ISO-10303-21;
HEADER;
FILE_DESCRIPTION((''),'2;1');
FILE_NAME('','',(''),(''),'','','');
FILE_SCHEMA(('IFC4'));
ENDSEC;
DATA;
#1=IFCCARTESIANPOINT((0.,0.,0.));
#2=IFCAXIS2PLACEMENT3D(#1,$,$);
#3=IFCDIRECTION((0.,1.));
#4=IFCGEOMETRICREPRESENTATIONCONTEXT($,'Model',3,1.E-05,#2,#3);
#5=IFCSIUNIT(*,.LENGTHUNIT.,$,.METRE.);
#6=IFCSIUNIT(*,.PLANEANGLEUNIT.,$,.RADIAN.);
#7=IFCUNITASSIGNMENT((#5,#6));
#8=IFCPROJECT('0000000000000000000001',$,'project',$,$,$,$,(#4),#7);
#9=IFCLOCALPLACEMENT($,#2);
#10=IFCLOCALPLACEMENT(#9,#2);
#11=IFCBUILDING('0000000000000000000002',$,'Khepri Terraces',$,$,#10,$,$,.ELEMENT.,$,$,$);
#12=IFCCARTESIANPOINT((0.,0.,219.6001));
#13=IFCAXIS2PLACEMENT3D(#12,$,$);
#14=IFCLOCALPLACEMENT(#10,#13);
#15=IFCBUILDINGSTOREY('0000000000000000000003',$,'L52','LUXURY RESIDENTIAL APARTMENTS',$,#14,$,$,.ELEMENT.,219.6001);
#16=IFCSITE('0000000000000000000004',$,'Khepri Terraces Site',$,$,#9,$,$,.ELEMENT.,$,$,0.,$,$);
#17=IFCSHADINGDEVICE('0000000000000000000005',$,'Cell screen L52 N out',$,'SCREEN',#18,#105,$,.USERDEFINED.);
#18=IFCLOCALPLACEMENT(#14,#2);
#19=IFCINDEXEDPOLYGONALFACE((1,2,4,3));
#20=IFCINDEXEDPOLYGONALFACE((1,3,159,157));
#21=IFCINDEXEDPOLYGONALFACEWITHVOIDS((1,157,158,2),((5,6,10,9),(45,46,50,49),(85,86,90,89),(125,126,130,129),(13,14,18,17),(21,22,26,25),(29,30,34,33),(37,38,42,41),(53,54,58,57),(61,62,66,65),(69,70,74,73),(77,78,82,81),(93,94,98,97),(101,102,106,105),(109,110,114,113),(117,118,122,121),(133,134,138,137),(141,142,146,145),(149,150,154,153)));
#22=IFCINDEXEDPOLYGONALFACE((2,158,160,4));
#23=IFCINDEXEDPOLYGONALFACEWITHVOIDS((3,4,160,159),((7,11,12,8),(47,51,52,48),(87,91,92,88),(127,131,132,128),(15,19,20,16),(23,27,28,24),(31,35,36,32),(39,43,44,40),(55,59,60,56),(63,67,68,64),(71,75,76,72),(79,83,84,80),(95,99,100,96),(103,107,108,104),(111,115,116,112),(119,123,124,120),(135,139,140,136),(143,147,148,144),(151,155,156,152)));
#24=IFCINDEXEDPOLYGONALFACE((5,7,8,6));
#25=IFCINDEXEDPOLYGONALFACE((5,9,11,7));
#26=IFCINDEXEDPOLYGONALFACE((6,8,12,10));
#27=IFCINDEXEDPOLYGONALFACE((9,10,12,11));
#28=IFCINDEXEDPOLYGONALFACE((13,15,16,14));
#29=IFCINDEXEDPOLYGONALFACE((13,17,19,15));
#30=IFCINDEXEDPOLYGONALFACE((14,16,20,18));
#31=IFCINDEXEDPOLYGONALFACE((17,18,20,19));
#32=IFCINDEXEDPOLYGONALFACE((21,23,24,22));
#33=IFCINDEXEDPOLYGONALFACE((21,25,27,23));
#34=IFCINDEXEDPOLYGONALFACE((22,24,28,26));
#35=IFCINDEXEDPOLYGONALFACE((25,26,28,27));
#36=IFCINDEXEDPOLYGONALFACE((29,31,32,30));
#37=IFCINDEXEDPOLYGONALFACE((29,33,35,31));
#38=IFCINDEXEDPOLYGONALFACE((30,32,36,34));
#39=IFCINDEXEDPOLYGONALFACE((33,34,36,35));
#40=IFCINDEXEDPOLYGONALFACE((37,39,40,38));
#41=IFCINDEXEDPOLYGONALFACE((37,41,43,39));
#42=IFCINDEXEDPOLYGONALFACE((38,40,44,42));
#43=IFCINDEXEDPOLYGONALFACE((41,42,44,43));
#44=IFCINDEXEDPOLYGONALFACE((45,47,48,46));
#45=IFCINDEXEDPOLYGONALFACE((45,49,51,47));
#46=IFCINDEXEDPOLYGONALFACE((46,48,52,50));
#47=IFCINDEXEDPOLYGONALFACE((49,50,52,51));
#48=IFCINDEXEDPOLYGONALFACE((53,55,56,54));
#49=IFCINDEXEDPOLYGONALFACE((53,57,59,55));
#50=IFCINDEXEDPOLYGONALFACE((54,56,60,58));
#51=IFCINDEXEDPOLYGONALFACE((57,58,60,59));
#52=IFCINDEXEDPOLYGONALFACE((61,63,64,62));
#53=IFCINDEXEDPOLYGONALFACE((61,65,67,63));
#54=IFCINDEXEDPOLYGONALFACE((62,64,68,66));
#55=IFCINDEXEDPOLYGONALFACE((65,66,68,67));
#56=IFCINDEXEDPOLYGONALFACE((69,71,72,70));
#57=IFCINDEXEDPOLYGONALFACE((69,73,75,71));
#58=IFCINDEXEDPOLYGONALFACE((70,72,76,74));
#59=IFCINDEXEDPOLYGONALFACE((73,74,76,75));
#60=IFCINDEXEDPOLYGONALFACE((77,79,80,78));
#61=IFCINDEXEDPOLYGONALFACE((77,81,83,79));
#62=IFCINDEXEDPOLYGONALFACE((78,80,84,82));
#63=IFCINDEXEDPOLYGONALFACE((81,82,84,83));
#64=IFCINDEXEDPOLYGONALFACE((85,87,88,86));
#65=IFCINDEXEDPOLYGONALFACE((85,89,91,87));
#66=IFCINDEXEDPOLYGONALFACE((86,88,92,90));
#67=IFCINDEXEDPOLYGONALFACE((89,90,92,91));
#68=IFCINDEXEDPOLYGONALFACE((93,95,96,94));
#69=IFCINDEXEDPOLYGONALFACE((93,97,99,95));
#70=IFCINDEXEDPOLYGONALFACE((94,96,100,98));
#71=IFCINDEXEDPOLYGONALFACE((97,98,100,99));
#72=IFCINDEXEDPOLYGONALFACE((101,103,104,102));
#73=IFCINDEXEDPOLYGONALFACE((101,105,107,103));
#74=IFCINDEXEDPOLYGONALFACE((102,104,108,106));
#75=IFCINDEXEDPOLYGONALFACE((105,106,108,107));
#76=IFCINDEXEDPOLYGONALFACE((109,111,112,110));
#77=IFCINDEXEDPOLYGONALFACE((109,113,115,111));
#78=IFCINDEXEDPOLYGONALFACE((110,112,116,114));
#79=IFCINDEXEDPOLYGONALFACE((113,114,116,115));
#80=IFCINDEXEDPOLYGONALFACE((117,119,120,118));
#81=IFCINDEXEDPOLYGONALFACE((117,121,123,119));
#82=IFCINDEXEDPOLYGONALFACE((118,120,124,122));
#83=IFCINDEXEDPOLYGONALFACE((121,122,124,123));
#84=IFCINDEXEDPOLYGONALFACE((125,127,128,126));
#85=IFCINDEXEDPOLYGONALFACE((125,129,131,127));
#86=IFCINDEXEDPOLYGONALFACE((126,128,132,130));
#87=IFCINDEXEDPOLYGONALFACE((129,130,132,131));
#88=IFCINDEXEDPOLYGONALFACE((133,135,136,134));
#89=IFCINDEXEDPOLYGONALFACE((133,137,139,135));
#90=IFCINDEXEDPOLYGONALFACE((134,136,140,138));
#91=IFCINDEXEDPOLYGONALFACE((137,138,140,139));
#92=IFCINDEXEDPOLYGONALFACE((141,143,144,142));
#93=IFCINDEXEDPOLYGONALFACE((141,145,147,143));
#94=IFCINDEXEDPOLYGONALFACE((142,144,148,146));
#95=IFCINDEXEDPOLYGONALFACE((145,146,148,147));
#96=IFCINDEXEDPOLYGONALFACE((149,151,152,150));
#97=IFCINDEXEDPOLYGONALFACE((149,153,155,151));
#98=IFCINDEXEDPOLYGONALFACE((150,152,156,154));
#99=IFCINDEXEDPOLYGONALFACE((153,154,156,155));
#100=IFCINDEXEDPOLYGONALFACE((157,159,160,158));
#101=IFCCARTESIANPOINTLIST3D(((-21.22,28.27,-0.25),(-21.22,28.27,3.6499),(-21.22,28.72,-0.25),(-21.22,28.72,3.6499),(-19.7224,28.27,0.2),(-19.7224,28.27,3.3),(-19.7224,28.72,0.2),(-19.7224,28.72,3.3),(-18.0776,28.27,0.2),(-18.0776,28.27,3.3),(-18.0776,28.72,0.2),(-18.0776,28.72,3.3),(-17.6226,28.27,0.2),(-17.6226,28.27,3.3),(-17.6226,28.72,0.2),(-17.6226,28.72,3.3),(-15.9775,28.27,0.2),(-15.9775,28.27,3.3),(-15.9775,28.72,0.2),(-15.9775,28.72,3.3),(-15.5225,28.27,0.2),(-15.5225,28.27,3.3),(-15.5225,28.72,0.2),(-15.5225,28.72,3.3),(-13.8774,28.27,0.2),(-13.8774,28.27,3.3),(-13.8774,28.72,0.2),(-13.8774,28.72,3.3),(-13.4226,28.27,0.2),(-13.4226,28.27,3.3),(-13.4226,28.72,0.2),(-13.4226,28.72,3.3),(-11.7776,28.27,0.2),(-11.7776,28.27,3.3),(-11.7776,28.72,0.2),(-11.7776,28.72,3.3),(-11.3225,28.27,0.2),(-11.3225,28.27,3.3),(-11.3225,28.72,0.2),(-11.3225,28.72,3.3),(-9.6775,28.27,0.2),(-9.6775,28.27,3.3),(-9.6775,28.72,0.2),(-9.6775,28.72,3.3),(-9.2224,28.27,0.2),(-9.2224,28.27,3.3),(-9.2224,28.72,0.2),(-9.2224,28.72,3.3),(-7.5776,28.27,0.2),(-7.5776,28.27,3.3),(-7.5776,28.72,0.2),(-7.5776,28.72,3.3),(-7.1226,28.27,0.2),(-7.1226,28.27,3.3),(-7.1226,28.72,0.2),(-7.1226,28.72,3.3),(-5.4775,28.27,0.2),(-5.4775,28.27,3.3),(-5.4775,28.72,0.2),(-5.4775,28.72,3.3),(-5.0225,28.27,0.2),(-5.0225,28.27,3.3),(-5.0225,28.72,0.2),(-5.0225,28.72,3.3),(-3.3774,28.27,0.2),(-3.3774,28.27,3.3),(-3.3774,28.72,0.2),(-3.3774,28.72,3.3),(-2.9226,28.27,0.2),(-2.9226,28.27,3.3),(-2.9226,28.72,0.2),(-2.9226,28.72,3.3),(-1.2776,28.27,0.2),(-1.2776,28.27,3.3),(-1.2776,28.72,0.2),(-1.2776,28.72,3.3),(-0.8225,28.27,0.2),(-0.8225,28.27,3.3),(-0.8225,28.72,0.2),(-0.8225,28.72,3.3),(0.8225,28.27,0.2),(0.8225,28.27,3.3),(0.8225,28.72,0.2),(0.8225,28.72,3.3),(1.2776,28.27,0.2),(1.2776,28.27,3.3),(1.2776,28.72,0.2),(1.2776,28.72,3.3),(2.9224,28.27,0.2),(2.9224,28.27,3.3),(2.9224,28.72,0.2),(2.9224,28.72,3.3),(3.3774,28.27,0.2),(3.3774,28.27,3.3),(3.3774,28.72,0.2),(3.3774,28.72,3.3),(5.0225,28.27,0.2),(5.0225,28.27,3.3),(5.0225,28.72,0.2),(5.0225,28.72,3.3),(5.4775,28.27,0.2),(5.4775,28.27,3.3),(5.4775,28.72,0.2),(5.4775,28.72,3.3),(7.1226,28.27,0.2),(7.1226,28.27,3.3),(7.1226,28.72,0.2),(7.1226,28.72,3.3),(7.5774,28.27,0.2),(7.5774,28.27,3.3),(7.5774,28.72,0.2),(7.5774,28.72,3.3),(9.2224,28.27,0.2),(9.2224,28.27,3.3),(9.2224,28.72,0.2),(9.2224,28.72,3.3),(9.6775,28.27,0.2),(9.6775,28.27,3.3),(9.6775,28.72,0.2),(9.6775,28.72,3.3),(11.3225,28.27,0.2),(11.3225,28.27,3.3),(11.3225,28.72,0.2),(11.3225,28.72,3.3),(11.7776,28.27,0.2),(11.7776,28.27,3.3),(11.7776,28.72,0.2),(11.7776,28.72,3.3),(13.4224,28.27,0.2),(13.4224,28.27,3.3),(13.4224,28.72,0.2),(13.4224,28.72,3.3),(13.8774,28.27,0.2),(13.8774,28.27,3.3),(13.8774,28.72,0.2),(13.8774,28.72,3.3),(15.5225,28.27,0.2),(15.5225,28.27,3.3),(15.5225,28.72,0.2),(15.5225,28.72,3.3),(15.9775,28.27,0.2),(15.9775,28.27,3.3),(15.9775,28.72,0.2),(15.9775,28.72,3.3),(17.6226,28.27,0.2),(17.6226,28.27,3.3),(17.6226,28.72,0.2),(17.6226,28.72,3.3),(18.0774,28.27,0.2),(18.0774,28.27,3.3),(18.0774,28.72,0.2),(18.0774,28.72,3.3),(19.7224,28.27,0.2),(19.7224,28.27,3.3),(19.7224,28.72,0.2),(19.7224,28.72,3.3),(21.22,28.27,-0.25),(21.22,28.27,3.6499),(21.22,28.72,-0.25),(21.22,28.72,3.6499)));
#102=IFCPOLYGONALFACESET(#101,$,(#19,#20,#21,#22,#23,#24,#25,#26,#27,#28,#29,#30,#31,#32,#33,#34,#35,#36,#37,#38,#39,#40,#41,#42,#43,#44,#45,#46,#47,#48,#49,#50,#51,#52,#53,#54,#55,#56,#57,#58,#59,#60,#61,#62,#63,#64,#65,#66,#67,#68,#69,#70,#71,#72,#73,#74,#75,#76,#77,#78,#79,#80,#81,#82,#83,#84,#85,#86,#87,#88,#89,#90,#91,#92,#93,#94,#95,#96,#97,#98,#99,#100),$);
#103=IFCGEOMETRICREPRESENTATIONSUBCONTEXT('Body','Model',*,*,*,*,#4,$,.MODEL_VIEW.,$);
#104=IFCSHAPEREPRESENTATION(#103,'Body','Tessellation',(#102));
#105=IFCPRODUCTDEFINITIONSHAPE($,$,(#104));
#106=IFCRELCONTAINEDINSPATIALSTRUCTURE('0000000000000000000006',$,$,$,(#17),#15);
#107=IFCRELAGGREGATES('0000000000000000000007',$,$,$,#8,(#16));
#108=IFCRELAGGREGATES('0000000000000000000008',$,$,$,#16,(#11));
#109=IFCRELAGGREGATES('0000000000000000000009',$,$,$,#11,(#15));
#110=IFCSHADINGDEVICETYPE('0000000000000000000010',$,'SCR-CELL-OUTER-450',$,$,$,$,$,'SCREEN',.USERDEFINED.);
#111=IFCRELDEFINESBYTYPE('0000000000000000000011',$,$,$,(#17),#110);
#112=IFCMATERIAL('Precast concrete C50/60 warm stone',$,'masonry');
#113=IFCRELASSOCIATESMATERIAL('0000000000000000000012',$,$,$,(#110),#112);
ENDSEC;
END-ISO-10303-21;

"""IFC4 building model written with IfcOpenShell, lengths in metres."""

from ifc_helpers import new_model, si_unit, direction, frame, origin, place, context, subcontext, project, spatial, polyline, outline, extrude, material, type_object, element, save


model = new_model("IFC4")

# Units and contexts
model_context = context("Model", 3, precision=1e-05, world=origin(), true_north=direction((0.0, 1.0)))
body_context = subcontext(model_context, "Body", "Model", "MODEL_VIEW")
ifc_project = project(units=[si_unit("LENGTHUNIT", "METRE"), si_unit("PLANEANGLEUNIT", "RADIAN")], contexts=[model_context])

# Site, building, storey
site_placement = place(None, origin())
site = spatial("IfcSite", under=ifc_project, at=site_placement, Name="Khepri Terraces Site", CompositionType="ELEMENT", RefElevation=0.0)
building_placement = place(site_placement, origin())
building = spatial("IfcBuilding", under=site, at=building_placement, Name="Khepri Terraces", CompositionType="ELEMENT")
storey_placement = place(building_placement, frame((0.0, 0.0, 219.6001)))
storey = spatial("IfcBuildingStorey", under=building, at=storey_placement, Name="L52", Description="LUXURY RESIDENTIAL APARTMENTS", CompositionType="ELEMENT", Elevation=219.6001)

# Shared definitions
ifc_material_1 = material(Name="Precast concrete C50/60 warm stone", Category="masonry")

# Shading device
shading_device_type_1 = type_object("IfcShadingDeviceType", Name="SCR-CELL-OUTER-450", ElementType="SCREEN", PredefinedType="USERDEFINED", material=ifc_material_1)
shading_device_1_placement = place(storey_placement, frame((21.22, 28.27, -0.25), z_axis=(0.0, 1.0, 0.0), x_axis=(-1.0, 0.0, 0.0)))
element("IfcShadingDevice", 1, at=shading_device_1_placement, inside=storey, type_object=shading_device_type_1, Name="Cell screen L52 N out", ObjectType="SCREEN", PredefinedType="USERDEFINED", context=body_context, shape_type="SweptSolid", body=[
    extrude(outline(polyline([(0.0, 0.0), (42.4399, 0.0), (42.4399, 3.8999), (0.0, 3.8999), (0.0, 0.0)]), holes=[polyline([(1.4976, 0.45), (3.1426, 0.45), (3.1426, 3.55), (1.4976, 3.55), (1.4976, 0.45)]), polyline([(3.5974, 0.45), (5.2424, 0.45), (5.2424, 3.55), (3.5974, 3.55), (3.5974, 0.45)]), polyline([(5.6975, 0.45), (7.3425, 0.45), (7.3425, 3.55), (5.6975, 3.55), (5.6975, 0.45)]), polyline([(7.7976, 0.45), (9.4424, 0.45), (9.4424, 3.55), (7.7976, 3.55), (7.7976, 0.45)]), polyline([(9.8975, 0.45), (11.5425, 0.45), (11.5425, 3.55), (9.8975, 3.55), (9.8975, 0.45)]), polyline([(11.9976, 0.45), (13.6426, 0.45), (13.6426, 3.55), (11.9976, 3.55), (11.9976, 0.45)]), polyline([(14.0974, 0.45), (15.7424, 0.45), (15.7424, 3.55), (14.0974, 3.55), (14.0974, 0.45)]), polyline([(16.1975, 0.45), (17.8425, 0.45), (17.8425, 3.55), (16.1975, 3.55), (16.1975, 0.45)]), polyline([(18.2976, 0.45), (19.9424, 0.45), (19.9424, 3.55), (18.2976, 3.55), (18.2976, 0.45)]), polyline([(20.3975, 0.45), (22.0425, 0.45), (22.0425, 3.55), (20.3975, 3.55), (20.3975, 0.45)]), polyline([(22.4976, 0.45), (24.1426, 0.45), (24.1426, 3.55), (22.4976, 3.55), (22.4976, 0.45)]), polyline([(24.5974, 0.45), (26.2424, 0.45), (26.2424, 3.55), (24.5974, 3.55), (24.5974, 0.45)]), polyline([(26.6975, 0.45), (28.3425, 0.45), (28.3425, 3.55), (26.6975, 3.55), (26.6975, 0.45)]), polyline([(28.7976, 0.45), (30.4424, 0.45), (30.4424, 3.55), (28.7976, 3.55), (28.7976, 0.45)]), polyline([(30.8975, 0.45), (32.5425, 0.45), (32.5425, 3.55), (30.8975, 3.55), (30.8975, 0.45)]), polyline([(32.9976, 0.45), (34.6426, 0.45), (34.6426, 3.55), (32.9976, 3.55), (32.9976, 0.45)]), polyline([(35.0974, 0.45), (36.7424, 0.45), (36.7424, 3.55), (35.0974, 3.55), (35.0974, 0.45)]), polyline([(37.1975, 0.45), (38.8425, 0.45), (38.8425, 3.55), (37.1975, 3.55), (37.1975, 0.45)]), polyline([(39.2976, 0.45), (40.9424, 0.45), (40.9424, 3.55), (39.2976, 3.55), (39.2976, 0.45)])]), origin(), (0.0, 0.0, 1.0), 0.45),
])

save(model, "model.ifc")
